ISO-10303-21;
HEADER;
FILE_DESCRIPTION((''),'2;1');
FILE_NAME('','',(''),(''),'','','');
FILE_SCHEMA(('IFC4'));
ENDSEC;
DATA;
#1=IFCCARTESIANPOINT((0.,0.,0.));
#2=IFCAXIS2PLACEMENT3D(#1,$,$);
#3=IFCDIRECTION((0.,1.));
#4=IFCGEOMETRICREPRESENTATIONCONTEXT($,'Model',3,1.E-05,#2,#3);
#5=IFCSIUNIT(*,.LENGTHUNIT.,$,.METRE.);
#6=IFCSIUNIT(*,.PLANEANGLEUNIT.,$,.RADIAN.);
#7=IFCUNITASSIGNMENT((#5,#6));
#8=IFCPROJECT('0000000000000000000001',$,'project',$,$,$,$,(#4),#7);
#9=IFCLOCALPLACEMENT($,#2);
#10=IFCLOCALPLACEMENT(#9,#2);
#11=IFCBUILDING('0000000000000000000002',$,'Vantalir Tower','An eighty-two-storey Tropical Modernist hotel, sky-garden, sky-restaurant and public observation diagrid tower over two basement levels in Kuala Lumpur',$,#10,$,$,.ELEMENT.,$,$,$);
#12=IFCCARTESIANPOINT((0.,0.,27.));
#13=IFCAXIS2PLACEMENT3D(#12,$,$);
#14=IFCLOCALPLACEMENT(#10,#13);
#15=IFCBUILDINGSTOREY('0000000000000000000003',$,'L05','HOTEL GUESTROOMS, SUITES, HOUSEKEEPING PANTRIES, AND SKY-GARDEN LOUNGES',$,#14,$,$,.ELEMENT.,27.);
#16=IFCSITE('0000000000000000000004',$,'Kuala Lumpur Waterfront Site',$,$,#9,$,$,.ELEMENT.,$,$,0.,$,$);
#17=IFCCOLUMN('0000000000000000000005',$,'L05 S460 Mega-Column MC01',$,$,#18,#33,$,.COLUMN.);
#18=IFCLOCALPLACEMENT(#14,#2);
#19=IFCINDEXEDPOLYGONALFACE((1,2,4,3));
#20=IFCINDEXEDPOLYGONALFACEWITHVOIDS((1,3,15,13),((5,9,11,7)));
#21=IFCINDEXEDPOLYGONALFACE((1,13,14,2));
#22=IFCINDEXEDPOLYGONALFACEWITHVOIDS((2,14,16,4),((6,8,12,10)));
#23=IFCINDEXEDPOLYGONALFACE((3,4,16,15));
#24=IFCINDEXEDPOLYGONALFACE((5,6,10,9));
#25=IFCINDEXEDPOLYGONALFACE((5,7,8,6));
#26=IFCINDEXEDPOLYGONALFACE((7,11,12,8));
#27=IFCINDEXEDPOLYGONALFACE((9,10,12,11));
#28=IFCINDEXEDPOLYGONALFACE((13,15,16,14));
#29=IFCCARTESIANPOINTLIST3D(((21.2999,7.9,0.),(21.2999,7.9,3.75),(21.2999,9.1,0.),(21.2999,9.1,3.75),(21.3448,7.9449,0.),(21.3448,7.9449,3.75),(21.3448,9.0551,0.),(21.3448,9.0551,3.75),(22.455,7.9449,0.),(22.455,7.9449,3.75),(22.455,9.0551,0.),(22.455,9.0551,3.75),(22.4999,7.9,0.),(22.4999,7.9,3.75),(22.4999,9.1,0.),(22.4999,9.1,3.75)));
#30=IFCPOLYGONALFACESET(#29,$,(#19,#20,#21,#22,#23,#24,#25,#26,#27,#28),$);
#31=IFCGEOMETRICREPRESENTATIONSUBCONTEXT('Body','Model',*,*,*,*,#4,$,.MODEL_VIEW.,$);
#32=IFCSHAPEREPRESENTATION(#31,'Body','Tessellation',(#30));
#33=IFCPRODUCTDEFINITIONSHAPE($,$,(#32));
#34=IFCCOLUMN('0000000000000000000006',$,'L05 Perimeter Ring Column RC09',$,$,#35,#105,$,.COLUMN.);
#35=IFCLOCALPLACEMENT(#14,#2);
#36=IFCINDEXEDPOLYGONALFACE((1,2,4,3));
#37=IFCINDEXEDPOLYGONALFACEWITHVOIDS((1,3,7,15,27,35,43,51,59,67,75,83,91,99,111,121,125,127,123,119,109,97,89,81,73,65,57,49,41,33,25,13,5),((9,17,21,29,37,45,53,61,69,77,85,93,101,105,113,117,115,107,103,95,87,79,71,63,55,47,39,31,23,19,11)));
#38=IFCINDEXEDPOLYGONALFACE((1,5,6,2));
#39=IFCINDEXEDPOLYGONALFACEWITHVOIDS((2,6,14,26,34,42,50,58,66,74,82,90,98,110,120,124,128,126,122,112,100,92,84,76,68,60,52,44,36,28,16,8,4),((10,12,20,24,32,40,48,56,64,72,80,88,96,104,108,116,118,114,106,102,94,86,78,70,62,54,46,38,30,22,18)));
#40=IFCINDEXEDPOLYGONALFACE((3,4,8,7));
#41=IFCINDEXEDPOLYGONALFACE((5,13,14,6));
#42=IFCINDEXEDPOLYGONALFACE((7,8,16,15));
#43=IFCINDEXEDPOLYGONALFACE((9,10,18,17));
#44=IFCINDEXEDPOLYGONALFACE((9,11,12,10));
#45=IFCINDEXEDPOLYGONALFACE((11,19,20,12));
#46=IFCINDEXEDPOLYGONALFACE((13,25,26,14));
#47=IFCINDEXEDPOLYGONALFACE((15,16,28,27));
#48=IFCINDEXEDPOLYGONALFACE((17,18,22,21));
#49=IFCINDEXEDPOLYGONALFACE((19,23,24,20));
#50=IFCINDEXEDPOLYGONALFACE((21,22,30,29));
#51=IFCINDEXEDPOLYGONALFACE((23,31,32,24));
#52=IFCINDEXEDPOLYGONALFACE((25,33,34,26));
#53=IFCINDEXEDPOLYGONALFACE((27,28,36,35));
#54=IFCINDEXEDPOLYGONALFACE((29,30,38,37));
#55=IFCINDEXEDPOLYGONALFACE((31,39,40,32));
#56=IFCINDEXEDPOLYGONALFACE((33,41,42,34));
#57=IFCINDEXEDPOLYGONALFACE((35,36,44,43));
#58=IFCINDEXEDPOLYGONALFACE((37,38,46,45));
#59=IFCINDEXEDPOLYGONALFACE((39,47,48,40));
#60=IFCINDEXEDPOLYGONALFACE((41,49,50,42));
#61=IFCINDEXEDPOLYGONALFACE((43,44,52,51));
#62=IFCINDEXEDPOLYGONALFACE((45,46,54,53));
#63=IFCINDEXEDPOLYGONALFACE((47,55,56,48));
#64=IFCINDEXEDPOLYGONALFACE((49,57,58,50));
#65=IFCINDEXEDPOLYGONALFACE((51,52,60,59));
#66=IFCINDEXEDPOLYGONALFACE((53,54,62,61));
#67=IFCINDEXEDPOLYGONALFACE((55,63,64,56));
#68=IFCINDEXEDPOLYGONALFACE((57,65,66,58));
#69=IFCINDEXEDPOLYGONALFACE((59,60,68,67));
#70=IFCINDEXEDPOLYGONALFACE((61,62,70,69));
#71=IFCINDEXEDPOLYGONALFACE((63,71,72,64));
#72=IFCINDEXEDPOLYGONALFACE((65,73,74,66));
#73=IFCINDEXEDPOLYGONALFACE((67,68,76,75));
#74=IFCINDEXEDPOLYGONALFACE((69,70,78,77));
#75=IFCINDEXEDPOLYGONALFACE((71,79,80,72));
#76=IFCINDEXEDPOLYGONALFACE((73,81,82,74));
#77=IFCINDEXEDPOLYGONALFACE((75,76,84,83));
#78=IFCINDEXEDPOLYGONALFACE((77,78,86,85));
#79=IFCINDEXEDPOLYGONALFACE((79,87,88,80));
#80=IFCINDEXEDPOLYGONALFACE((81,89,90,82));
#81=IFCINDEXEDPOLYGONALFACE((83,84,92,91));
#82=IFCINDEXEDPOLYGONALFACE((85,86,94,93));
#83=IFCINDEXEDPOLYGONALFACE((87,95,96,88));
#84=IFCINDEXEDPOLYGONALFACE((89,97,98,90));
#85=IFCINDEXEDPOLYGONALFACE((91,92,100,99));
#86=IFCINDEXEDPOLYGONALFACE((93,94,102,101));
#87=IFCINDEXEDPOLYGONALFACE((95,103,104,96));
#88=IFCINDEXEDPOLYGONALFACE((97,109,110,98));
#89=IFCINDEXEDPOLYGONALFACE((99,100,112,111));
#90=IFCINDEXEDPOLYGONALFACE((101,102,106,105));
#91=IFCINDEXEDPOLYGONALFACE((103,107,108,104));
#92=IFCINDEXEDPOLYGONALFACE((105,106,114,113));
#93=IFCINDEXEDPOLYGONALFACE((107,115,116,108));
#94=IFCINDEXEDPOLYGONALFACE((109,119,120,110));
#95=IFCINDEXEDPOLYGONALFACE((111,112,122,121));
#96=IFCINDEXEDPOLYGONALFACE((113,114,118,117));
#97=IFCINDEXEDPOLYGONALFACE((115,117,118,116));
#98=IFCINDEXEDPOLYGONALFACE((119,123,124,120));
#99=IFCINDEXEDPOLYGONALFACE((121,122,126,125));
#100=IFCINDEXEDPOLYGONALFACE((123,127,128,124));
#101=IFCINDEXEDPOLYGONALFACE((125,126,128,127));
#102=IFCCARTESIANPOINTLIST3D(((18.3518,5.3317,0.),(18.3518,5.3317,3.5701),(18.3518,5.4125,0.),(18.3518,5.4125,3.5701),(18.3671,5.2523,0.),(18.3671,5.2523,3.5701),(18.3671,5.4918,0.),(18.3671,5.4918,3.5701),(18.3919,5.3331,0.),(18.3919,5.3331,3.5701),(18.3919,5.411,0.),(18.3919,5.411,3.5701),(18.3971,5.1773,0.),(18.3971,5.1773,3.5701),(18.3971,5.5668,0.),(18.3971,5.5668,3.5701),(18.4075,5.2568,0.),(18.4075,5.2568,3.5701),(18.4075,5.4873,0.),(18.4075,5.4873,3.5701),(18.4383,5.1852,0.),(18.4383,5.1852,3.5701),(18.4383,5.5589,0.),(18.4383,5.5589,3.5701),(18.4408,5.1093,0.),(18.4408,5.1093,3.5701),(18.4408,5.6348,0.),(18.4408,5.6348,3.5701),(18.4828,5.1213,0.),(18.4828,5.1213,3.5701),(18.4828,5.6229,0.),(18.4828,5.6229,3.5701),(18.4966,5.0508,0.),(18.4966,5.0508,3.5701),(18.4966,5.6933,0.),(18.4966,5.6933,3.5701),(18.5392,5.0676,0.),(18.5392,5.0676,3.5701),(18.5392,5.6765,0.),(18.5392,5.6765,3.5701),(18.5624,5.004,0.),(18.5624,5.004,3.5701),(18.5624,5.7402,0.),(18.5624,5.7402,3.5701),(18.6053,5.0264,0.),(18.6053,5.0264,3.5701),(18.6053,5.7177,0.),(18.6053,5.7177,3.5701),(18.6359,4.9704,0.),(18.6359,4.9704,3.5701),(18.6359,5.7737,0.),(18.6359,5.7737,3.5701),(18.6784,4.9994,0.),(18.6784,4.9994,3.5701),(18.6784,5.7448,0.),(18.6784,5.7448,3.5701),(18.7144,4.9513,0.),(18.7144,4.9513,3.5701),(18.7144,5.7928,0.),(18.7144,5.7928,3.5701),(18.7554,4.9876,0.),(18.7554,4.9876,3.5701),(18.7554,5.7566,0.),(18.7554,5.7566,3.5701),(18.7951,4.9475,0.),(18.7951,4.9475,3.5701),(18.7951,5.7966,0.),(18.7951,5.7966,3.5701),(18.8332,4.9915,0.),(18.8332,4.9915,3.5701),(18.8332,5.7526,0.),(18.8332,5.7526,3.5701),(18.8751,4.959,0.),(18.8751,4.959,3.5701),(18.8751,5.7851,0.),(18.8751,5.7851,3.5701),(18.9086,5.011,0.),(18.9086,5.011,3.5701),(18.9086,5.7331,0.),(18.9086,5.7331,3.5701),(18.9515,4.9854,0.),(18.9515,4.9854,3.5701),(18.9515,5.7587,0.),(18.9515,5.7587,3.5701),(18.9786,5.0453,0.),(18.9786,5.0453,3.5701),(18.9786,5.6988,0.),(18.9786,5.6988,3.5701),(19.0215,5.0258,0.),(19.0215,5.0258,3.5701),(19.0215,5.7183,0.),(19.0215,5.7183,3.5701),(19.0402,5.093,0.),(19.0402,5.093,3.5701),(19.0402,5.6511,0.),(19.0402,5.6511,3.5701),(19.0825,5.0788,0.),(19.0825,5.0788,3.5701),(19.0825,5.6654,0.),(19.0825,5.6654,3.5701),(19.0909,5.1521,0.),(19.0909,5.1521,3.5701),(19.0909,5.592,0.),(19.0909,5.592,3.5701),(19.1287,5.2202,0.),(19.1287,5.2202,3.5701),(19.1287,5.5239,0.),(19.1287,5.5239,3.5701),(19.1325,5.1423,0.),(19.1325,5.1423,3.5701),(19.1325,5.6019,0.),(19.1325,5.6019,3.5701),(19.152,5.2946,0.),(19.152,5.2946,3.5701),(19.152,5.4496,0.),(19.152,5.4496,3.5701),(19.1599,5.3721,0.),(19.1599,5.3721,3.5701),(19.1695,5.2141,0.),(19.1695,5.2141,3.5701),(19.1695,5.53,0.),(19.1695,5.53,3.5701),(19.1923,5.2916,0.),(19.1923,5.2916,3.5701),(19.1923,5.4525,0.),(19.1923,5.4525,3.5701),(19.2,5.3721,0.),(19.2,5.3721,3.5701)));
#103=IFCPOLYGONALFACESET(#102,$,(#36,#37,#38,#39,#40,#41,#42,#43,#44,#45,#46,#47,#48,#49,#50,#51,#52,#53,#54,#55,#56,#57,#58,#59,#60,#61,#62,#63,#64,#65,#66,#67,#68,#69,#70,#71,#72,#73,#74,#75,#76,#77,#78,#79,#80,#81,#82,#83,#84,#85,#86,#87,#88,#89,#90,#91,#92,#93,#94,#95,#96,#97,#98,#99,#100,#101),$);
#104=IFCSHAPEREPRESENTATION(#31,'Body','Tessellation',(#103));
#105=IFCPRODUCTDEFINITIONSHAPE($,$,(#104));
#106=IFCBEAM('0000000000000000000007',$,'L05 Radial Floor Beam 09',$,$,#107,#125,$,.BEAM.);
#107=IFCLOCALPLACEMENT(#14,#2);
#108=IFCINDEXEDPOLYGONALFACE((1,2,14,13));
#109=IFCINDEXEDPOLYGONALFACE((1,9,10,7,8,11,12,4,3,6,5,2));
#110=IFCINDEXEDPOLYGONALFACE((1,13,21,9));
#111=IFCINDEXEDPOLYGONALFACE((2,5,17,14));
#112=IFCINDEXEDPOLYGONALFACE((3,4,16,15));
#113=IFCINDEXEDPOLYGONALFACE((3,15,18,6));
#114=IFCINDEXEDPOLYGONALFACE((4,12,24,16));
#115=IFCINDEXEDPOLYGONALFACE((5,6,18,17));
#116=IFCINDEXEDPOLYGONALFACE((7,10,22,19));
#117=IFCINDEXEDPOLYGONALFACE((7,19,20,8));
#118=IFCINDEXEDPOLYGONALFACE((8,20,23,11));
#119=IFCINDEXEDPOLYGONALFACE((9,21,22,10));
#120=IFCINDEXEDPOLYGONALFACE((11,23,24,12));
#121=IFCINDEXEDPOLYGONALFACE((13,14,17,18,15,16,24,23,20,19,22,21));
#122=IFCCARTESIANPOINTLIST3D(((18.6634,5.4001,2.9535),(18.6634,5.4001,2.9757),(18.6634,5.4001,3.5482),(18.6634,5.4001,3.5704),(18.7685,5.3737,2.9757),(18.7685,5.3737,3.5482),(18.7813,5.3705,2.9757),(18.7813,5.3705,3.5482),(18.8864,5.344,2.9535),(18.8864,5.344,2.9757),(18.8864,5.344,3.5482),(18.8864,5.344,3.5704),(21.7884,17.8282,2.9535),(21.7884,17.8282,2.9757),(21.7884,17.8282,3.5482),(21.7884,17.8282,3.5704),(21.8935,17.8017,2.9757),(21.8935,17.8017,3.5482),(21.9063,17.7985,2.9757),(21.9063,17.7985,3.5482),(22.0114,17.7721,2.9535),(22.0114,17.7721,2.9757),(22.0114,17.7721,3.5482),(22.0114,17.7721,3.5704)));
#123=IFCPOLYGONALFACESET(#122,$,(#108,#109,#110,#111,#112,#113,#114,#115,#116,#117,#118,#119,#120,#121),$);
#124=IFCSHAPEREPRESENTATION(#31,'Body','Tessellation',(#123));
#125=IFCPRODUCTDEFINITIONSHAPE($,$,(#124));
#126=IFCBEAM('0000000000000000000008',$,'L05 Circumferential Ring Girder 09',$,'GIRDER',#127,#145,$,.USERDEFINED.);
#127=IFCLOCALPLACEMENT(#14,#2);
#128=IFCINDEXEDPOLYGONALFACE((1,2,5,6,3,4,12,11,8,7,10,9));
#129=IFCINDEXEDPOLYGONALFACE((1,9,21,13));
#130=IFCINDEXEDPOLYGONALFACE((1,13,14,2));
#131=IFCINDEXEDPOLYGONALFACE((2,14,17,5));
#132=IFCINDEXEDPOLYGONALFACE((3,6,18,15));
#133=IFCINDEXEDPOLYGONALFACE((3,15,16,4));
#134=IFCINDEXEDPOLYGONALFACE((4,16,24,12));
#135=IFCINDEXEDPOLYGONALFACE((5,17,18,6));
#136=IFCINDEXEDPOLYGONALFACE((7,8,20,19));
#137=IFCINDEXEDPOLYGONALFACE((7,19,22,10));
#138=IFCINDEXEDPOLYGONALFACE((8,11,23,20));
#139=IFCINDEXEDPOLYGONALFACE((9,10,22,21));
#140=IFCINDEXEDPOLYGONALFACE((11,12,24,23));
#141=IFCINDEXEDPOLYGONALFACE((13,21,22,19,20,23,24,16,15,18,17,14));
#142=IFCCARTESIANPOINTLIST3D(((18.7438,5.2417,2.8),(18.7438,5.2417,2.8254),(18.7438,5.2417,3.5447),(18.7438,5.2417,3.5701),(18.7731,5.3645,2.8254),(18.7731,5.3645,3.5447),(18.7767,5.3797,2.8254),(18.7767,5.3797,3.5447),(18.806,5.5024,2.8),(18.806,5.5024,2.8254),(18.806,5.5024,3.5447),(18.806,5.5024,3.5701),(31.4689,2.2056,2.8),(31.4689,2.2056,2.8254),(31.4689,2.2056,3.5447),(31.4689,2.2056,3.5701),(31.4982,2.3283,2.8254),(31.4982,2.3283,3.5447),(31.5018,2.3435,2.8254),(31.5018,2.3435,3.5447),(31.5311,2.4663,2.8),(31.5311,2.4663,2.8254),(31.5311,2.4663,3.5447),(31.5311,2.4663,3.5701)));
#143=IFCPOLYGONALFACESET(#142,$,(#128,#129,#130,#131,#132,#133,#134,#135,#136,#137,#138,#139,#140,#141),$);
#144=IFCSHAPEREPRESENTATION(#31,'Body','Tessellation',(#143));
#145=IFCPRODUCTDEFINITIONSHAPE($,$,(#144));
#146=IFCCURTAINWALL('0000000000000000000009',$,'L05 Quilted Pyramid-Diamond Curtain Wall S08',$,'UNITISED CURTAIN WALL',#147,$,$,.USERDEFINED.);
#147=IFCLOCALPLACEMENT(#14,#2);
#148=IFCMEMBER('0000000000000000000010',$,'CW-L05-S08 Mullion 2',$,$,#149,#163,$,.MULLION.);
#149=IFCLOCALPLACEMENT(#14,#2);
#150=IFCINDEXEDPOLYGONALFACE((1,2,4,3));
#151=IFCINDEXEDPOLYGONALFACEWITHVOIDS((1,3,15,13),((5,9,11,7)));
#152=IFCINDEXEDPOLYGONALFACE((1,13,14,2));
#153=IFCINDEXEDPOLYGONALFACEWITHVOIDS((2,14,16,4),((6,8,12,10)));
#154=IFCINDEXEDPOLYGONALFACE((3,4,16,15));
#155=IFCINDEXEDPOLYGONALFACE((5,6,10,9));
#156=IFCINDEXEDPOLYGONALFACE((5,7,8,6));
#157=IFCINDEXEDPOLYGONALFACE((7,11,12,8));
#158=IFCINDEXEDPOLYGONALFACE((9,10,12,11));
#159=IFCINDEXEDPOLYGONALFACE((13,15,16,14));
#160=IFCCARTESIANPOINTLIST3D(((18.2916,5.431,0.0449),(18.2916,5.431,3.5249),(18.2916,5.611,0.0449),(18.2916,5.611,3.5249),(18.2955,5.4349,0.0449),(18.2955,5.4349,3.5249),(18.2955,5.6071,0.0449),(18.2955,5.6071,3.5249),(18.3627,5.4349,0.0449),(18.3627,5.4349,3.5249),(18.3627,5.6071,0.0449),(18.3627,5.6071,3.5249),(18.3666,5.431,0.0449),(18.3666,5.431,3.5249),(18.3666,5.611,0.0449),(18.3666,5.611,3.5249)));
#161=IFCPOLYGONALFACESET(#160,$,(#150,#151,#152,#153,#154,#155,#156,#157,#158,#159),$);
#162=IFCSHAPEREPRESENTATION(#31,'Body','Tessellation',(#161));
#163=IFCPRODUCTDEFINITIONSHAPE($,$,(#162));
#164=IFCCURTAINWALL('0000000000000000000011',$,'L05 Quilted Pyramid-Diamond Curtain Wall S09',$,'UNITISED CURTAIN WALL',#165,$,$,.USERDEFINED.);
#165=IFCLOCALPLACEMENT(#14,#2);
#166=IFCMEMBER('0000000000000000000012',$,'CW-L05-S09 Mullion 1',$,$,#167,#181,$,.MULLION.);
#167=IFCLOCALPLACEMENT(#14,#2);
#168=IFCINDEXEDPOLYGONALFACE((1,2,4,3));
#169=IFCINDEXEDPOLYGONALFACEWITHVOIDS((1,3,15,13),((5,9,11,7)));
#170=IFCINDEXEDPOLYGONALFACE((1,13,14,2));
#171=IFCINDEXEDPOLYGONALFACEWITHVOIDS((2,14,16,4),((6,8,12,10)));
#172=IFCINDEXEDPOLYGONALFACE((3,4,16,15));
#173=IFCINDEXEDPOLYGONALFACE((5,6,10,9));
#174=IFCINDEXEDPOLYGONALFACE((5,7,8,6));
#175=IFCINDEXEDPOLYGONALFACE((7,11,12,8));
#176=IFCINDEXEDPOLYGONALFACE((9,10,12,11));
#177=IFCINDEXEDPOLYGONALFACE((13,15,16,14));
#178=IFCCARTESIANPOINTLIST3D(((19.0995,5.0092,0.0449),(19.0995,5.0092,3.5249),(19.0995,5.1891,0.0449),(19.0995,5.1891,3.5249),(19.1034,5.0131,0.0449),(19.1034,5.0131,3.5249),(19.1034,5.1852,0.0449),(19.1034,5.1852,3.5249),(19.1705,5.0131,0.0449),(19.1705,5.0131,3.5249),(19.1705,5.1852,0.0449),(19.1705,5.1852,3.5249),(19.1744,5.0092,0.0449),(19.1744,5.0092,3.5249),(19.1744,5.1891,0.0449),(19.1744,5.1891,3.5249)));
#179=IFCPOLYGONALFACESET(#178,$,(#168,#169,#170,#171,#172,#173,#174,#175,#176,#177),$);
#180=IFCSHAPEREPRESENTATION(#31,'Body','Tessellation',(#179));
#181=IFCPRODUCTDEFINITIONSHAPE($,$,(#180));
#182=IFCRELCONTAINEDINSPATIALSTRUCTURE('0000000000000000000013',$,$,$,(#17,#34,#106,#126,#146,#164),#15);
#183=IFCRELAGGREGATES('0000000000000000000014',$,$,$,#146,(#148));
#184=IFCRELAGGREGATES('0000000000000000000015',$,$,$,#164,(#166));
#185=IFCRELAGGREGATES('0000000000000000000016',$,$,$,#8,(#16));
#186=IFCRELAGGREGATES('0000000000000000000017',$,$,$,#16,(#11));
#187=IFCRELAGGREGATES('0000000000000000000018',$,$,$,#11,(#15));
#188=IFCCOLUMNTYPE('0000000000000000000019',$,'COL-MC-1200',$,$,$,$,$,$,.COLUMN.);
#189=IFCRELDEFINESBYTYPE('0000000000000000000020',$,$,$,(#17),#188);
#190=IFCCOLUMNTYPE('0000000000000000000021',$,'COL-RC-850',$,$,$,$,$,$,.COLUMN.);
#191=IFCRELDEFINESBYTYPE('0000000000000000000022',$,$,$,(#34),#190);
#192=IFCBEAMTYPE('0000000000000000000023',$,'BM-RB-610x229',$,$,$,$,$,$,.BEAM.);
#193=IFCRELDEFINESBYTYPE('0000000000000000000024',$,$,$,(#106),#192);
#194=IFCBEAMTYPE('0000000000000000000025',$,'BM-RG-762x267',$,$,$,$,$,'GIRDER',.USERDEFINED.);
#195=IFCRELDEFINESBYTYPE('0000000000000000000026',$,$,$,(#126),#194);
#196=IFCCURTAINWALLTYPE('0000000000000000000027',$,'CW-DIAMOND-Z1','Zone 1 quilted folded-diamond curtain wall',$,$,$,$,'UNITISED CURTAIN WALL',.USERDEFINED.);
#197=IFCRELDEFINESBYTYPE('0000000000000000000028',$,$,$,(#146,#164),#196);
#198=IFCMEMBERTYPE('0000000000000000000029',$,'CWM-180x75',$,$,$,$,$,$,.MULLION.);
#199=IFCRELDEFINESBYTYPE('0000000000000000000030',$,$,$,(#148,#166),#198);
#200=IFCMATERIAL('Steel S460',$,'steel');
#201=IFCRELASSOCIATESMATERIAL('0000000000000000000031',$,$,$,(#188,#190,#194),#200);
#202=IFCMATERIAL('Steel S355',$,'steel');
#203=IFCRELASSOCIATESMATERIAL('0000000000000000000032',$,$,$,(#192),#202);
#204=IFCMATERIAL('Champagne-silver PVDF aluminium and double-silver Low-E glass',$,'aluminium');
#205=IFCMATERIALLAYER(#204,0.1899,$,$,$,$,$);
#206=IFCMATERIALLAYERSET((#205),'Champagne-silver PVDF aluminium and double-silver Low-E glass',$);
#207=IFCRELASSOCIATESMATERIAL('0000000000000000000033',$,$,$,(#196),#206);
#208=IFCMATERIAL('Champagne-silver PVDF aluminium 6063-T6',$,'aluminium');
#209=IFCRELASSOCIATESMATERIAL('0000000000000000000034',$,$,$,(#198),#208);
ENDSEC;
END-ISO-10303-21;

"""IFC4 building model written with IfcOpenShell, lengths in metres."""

from ifc_helpers import new_model, si_unit, direction, frame, origin, origin_2d, place, context, subcontext, project, spatial, hollow_rectangle, hollow_circle, i_section, extrude, material, layer, layer_set, material_profile, profile_set, type_object, element, aggregate, save


model = new_model("IFC4")

# Units and contexts
model_context = context("Model", 3, precision=1e-05, world=origin(), true_north=direction((0.0, 1.0)))
body_context = subcontext(model_context, "Body", "Model", "MODEL_VIEW")
ifc_project = project(units=[si_unit("LENGTHUNIT", "METRE"), si_unit("PLANEANGLEUNIT", "RADIAN")], contexts=[model_context])

# Site, building, storey
site_placement = place(None, origin())
site = spatial("IfcSite", under=ifc_project, at=site_placement, Name="Kuala Lumpur Waterfront Site", CompositionType="ELEMENT", RefElevation=0.0)
building_placement = place(site_placement, origin())
building = spatial("IfcBuilding", under=site, at=building_placement, Name="Vantalir Tower", Description="An eighty-two-storey Tropical Modernist hotel, sky-garden, sky-restaurant and public observation diagrid tower over two basement levels in Kuala Lumpur", CompositionType="ELEMENT")
storey_placement = place(building_placement, frame((0.0, 0.0, 27.0)))
storey = spatial("IfcBuildingStorey", under=building, at=storey_placement, Name="L05", Description="HOTEL GUESTROOMS, SUITES, HOUSEKEEPING PANTRIES, AND SKY-GARDEN LOUNGES", CompositionType="ELEMENT", Elevation=27.0)

# Columns
ifc_material_1 = material(Name="Steel S460", Category="steel")
ifc_material_profile_1 = material_profile(ifc_material_1, hollow_rectangle(XDim=1.2, YDim=1.2, WallThickness=0.0449, at=origin_2d()), Name="Steel S460")
ifc_profile_set_1 = profile_set([ifc_material_profile_1], Name="Steel S460")
column_type_1 = type_object("IfcColumnType", Name="COL-MC-1200", PredefinedType="COLUMN", material=ifc_profile_set_1)
column_1_placement = place(storey_placement, frame((21.8999, 8.5, 0.0), z_axis=(0.0, 0.0, 1.0), x_axis=(1.0, 0.0, 0.0)))
element("IfcColumn", 1, at=column_1_placement, inside=storey, type_object=column_type_1, Name="L05 S460 Mega-Column MC01", PredefinedType="COLUMN", context=body_context, shape_type="SweptSolid", body=[
    extrude(hollow_rectangle(XDim=1.2, YDim=1.2, WallThickness=0.0449, at=origin_2d()), origin(), (0.0, 0.0, 1.0), 3.75),
])
ifc_material_profile_2 = material_profile(ifc_material_1, hollow_circle(Radius=0.425, WallThickness=0.04, at=origin_2d()), Name="Steel S460")
ifc_profile_set_2 = profile_set([ifc_material_profile_2], Name="Steel S460")
column_type_2 = type_object("IfcColumnType", Name="COL-RC-850", PredefinedType="COLUMN", material=ifc_profile_set_2)
column_2_placement = place(storey_placement, frame((18.7749, 5.3721, 0.0), z_axis=(0.0, 0.0, 1.0), x_axis=(1.0, 0.0, 0.0)))
element("IfcColumn", 2, at=column_2_placement, inside=storey, type_object=column_type_2, Name="L05 Perimeter Ring Column RC09", PredefinedType="COLUMN", context=body_context, shape_type="SweptSolid", body=[
    extrude(hollow_circle(Radius=0.425, WallThickness=0.04, at=origin_2d()), origin(), (0.0, 0.0, 1.0), 3.5701),
])

# Beams
ifc_material_2 = material(Name="Steel S355", Category="steel")
ifc_material_profile_3 = material_profile(ifc_material_2, i_section(OverallWidth=0.23, OverallDepth=0.6169, WebThickness=0.0132, FlangeThickness=0.0222, at=origin_2d()), Name="Steel S355")
ifc_profile_set_3 = profile_set([ifc_material_profile_3], Name="Steel S355")
beam_type_1 = type_object("IfcBeamType", Name="BM-RB-610x229", PredefinedType="BEAM", material=ifc_profile_set_3)
beam_1_placement = place(storey_placement, frame((18.7749, 5.3721, 3.262), z_axis=(0.243858, 0.969811, 0.0), x_axis=(-0.969811, 0.243858, 0.0)))
element("IfcBeam", 3, at=beam_1_placement, inside=storey, type_object=beam_type_1, Name="L05 Radial Floor Beam 09", PredefinedType="BEAM", context=body_context, shape_type="SweptSolid", body=[
    extrude(i_section(OverallWidth=0.23, OverallDepth=0.6169, WebThickness=0.0132, FlangeThickness=0.0222, at=origin_2d()), origin(), (0.0, 0.0, 1.0), 12.8149),
])
ifc_material_profile_4 = material_profile(ifc_material_1, i_section(OverallWidth=0.2681, OverallDepth=0.77, WebThickness=0.0156, FlangeThickness=0.0254, at=origin_2d()), Name="Steel S460")
ifc_profile_set_4 = profile_set([ifc_material_profile_4], Name="Steel S460")
beam_type_2 = type_object("IfcBeamType", Name="BM-RG-762x267", ElementType="GIRDER", PredefinedType="USERDEFINED", material=ifc_profile_set_4)
beam_2_placement = place(storey_placement, frame((18.7749, 5.3721, 3.1851), z_axis=(0.972697, -0.23208, 0.0), x_axis=(0.23208, 0.972697, 0.0)))
element("IfcBeam", 4, at=beam_2_placement, inside=storey, type_object=beam_type_2, Name="L05 Circumferential Ring Girder 09", ObjectType="GIRDER", PredefinedType="USERDEFINED", context=body_context, shape_type="SweptSolid", body=[
    extrude(i_section(OverallWidth=0.2681, OverallDepth=0.77, WebThickness=0.0156, FlangeThickness=0.0254, at=origin_2d()), origin(), (0.0, 0.0, 1.0), 13.0823),
])

# Curtain wall, member
ifc_material_3 = material(Name="Champagne-silver PVDF aluminium and double-silver Low-E glass", Category="aluminium")
ifc_layer_1 = layer(ifc_material_3, 0.1899)
ifc_layer_set_1 = layer_set([ifc_layer_1], Name="Champagne-silver PVDF aluminium and double-silver Low-E glass")
curtain_wall_type = type_object("IfcCurtainWallType", Name="CW-DIAMOND-Z1", Description="Zone 1 quilted folded-diamond curtain wall", ElementType="UNITISED CURTAIN WALL", PredefinedType="USERDEFINED", material=ifc_layer_set_1)
curtain_wall_1_placement = place(storey_placement, origin())
curtain_wall_1 = element("IfcCurtainWall", 5, at=curtain_wall_1_placement, inside=storey, type_object=curtain_wall_type, Name="L05 Quilted Pyramid-Diamond Curtain Wall S08", ObjectType="UNITISED CURTAIN WALL", PredefinedType="USERDEFINED")
ifc_material_4 = material(Name="Champagne-silver PVDF aluminium 6063-T6", Category="aluminium")
ifc_material_profile_5 = material_profile(ifc_material_4, hollow_rectangle(XDim=0.075, YDim=0.1799, WallThickness=0.0039, at=origin_2d()), Name="Champagne-silver PVDF aluminium 6063-T6")
ifc_profile_set_5 = profile_set([ifc_material_profile_5], Name="Champagne-silver PVDF aluminium 6063-T6")
member_type_1 = type_object("IfcMemberType", Name="CWM-180x75", PredefinedType="MULLION", material=ifc_profile_set_5)
member_1_placement = place(storey_placement, frame((18.3291, 5.521, 0.0449), z_axis=(0.0, 0.0, 1.0), x_axis=(1.0, 0.0, 0.0)))
member_1 = element("IfcMember", 6, at=member_1_placement, type_object=member_type_1, Name="CW-L05-S08 Mullion 2", PredefinedType="MULLION", context=body_context, shape_type="SweptSolid", body=[
    extrude(hollow_rectangle(XDim=0.075, YDim=0.1799, WallThickness=0.0039, at=origin_2d()), origin(), (0.0, 0.0, 1.0), 3.48),
])
aggregate(curtain_wall_1, [member_1])

# Curtain wall, member
curtain_wall_2_placement = place(storey_placement, origin())
curtain_wall_2 = element("IfcCurtainWall", 7, at=curtain_wall_2_placement, inside=storey, type_object=curtain_wall_type, Name="L05 Quilted Pyramid-Diamond Curtain Wall S09", ObjectType="UNITISED CURTAIN WALL", PredefinedType="USERDEFINED")
member_2_placement = place(storey_placement, frame((19.137, 5.0991, 0.0449), z_axis=(0.0, 0.0, 1.0), x_axis=(1.0, 0.0, 0.0)))
member_2 = element("IfcMember", 8, at=member_2_placement, type_object=member_type_1, Name="CW-L05-S09 Mullion 1", PredefinedType="MULLION", context=body_context, shape_type="SweptSolid", body=[
    extrude(hollow_rectangle(XDim=0.075, YDim=0.1799, WallThickness=0.0039, at=origin_2d()), origin(), (0.0, 0.0, 1.0), 3.48),
])

aggregate(curtain_wall_2, [member_2])

save(model, "model.ifc")
